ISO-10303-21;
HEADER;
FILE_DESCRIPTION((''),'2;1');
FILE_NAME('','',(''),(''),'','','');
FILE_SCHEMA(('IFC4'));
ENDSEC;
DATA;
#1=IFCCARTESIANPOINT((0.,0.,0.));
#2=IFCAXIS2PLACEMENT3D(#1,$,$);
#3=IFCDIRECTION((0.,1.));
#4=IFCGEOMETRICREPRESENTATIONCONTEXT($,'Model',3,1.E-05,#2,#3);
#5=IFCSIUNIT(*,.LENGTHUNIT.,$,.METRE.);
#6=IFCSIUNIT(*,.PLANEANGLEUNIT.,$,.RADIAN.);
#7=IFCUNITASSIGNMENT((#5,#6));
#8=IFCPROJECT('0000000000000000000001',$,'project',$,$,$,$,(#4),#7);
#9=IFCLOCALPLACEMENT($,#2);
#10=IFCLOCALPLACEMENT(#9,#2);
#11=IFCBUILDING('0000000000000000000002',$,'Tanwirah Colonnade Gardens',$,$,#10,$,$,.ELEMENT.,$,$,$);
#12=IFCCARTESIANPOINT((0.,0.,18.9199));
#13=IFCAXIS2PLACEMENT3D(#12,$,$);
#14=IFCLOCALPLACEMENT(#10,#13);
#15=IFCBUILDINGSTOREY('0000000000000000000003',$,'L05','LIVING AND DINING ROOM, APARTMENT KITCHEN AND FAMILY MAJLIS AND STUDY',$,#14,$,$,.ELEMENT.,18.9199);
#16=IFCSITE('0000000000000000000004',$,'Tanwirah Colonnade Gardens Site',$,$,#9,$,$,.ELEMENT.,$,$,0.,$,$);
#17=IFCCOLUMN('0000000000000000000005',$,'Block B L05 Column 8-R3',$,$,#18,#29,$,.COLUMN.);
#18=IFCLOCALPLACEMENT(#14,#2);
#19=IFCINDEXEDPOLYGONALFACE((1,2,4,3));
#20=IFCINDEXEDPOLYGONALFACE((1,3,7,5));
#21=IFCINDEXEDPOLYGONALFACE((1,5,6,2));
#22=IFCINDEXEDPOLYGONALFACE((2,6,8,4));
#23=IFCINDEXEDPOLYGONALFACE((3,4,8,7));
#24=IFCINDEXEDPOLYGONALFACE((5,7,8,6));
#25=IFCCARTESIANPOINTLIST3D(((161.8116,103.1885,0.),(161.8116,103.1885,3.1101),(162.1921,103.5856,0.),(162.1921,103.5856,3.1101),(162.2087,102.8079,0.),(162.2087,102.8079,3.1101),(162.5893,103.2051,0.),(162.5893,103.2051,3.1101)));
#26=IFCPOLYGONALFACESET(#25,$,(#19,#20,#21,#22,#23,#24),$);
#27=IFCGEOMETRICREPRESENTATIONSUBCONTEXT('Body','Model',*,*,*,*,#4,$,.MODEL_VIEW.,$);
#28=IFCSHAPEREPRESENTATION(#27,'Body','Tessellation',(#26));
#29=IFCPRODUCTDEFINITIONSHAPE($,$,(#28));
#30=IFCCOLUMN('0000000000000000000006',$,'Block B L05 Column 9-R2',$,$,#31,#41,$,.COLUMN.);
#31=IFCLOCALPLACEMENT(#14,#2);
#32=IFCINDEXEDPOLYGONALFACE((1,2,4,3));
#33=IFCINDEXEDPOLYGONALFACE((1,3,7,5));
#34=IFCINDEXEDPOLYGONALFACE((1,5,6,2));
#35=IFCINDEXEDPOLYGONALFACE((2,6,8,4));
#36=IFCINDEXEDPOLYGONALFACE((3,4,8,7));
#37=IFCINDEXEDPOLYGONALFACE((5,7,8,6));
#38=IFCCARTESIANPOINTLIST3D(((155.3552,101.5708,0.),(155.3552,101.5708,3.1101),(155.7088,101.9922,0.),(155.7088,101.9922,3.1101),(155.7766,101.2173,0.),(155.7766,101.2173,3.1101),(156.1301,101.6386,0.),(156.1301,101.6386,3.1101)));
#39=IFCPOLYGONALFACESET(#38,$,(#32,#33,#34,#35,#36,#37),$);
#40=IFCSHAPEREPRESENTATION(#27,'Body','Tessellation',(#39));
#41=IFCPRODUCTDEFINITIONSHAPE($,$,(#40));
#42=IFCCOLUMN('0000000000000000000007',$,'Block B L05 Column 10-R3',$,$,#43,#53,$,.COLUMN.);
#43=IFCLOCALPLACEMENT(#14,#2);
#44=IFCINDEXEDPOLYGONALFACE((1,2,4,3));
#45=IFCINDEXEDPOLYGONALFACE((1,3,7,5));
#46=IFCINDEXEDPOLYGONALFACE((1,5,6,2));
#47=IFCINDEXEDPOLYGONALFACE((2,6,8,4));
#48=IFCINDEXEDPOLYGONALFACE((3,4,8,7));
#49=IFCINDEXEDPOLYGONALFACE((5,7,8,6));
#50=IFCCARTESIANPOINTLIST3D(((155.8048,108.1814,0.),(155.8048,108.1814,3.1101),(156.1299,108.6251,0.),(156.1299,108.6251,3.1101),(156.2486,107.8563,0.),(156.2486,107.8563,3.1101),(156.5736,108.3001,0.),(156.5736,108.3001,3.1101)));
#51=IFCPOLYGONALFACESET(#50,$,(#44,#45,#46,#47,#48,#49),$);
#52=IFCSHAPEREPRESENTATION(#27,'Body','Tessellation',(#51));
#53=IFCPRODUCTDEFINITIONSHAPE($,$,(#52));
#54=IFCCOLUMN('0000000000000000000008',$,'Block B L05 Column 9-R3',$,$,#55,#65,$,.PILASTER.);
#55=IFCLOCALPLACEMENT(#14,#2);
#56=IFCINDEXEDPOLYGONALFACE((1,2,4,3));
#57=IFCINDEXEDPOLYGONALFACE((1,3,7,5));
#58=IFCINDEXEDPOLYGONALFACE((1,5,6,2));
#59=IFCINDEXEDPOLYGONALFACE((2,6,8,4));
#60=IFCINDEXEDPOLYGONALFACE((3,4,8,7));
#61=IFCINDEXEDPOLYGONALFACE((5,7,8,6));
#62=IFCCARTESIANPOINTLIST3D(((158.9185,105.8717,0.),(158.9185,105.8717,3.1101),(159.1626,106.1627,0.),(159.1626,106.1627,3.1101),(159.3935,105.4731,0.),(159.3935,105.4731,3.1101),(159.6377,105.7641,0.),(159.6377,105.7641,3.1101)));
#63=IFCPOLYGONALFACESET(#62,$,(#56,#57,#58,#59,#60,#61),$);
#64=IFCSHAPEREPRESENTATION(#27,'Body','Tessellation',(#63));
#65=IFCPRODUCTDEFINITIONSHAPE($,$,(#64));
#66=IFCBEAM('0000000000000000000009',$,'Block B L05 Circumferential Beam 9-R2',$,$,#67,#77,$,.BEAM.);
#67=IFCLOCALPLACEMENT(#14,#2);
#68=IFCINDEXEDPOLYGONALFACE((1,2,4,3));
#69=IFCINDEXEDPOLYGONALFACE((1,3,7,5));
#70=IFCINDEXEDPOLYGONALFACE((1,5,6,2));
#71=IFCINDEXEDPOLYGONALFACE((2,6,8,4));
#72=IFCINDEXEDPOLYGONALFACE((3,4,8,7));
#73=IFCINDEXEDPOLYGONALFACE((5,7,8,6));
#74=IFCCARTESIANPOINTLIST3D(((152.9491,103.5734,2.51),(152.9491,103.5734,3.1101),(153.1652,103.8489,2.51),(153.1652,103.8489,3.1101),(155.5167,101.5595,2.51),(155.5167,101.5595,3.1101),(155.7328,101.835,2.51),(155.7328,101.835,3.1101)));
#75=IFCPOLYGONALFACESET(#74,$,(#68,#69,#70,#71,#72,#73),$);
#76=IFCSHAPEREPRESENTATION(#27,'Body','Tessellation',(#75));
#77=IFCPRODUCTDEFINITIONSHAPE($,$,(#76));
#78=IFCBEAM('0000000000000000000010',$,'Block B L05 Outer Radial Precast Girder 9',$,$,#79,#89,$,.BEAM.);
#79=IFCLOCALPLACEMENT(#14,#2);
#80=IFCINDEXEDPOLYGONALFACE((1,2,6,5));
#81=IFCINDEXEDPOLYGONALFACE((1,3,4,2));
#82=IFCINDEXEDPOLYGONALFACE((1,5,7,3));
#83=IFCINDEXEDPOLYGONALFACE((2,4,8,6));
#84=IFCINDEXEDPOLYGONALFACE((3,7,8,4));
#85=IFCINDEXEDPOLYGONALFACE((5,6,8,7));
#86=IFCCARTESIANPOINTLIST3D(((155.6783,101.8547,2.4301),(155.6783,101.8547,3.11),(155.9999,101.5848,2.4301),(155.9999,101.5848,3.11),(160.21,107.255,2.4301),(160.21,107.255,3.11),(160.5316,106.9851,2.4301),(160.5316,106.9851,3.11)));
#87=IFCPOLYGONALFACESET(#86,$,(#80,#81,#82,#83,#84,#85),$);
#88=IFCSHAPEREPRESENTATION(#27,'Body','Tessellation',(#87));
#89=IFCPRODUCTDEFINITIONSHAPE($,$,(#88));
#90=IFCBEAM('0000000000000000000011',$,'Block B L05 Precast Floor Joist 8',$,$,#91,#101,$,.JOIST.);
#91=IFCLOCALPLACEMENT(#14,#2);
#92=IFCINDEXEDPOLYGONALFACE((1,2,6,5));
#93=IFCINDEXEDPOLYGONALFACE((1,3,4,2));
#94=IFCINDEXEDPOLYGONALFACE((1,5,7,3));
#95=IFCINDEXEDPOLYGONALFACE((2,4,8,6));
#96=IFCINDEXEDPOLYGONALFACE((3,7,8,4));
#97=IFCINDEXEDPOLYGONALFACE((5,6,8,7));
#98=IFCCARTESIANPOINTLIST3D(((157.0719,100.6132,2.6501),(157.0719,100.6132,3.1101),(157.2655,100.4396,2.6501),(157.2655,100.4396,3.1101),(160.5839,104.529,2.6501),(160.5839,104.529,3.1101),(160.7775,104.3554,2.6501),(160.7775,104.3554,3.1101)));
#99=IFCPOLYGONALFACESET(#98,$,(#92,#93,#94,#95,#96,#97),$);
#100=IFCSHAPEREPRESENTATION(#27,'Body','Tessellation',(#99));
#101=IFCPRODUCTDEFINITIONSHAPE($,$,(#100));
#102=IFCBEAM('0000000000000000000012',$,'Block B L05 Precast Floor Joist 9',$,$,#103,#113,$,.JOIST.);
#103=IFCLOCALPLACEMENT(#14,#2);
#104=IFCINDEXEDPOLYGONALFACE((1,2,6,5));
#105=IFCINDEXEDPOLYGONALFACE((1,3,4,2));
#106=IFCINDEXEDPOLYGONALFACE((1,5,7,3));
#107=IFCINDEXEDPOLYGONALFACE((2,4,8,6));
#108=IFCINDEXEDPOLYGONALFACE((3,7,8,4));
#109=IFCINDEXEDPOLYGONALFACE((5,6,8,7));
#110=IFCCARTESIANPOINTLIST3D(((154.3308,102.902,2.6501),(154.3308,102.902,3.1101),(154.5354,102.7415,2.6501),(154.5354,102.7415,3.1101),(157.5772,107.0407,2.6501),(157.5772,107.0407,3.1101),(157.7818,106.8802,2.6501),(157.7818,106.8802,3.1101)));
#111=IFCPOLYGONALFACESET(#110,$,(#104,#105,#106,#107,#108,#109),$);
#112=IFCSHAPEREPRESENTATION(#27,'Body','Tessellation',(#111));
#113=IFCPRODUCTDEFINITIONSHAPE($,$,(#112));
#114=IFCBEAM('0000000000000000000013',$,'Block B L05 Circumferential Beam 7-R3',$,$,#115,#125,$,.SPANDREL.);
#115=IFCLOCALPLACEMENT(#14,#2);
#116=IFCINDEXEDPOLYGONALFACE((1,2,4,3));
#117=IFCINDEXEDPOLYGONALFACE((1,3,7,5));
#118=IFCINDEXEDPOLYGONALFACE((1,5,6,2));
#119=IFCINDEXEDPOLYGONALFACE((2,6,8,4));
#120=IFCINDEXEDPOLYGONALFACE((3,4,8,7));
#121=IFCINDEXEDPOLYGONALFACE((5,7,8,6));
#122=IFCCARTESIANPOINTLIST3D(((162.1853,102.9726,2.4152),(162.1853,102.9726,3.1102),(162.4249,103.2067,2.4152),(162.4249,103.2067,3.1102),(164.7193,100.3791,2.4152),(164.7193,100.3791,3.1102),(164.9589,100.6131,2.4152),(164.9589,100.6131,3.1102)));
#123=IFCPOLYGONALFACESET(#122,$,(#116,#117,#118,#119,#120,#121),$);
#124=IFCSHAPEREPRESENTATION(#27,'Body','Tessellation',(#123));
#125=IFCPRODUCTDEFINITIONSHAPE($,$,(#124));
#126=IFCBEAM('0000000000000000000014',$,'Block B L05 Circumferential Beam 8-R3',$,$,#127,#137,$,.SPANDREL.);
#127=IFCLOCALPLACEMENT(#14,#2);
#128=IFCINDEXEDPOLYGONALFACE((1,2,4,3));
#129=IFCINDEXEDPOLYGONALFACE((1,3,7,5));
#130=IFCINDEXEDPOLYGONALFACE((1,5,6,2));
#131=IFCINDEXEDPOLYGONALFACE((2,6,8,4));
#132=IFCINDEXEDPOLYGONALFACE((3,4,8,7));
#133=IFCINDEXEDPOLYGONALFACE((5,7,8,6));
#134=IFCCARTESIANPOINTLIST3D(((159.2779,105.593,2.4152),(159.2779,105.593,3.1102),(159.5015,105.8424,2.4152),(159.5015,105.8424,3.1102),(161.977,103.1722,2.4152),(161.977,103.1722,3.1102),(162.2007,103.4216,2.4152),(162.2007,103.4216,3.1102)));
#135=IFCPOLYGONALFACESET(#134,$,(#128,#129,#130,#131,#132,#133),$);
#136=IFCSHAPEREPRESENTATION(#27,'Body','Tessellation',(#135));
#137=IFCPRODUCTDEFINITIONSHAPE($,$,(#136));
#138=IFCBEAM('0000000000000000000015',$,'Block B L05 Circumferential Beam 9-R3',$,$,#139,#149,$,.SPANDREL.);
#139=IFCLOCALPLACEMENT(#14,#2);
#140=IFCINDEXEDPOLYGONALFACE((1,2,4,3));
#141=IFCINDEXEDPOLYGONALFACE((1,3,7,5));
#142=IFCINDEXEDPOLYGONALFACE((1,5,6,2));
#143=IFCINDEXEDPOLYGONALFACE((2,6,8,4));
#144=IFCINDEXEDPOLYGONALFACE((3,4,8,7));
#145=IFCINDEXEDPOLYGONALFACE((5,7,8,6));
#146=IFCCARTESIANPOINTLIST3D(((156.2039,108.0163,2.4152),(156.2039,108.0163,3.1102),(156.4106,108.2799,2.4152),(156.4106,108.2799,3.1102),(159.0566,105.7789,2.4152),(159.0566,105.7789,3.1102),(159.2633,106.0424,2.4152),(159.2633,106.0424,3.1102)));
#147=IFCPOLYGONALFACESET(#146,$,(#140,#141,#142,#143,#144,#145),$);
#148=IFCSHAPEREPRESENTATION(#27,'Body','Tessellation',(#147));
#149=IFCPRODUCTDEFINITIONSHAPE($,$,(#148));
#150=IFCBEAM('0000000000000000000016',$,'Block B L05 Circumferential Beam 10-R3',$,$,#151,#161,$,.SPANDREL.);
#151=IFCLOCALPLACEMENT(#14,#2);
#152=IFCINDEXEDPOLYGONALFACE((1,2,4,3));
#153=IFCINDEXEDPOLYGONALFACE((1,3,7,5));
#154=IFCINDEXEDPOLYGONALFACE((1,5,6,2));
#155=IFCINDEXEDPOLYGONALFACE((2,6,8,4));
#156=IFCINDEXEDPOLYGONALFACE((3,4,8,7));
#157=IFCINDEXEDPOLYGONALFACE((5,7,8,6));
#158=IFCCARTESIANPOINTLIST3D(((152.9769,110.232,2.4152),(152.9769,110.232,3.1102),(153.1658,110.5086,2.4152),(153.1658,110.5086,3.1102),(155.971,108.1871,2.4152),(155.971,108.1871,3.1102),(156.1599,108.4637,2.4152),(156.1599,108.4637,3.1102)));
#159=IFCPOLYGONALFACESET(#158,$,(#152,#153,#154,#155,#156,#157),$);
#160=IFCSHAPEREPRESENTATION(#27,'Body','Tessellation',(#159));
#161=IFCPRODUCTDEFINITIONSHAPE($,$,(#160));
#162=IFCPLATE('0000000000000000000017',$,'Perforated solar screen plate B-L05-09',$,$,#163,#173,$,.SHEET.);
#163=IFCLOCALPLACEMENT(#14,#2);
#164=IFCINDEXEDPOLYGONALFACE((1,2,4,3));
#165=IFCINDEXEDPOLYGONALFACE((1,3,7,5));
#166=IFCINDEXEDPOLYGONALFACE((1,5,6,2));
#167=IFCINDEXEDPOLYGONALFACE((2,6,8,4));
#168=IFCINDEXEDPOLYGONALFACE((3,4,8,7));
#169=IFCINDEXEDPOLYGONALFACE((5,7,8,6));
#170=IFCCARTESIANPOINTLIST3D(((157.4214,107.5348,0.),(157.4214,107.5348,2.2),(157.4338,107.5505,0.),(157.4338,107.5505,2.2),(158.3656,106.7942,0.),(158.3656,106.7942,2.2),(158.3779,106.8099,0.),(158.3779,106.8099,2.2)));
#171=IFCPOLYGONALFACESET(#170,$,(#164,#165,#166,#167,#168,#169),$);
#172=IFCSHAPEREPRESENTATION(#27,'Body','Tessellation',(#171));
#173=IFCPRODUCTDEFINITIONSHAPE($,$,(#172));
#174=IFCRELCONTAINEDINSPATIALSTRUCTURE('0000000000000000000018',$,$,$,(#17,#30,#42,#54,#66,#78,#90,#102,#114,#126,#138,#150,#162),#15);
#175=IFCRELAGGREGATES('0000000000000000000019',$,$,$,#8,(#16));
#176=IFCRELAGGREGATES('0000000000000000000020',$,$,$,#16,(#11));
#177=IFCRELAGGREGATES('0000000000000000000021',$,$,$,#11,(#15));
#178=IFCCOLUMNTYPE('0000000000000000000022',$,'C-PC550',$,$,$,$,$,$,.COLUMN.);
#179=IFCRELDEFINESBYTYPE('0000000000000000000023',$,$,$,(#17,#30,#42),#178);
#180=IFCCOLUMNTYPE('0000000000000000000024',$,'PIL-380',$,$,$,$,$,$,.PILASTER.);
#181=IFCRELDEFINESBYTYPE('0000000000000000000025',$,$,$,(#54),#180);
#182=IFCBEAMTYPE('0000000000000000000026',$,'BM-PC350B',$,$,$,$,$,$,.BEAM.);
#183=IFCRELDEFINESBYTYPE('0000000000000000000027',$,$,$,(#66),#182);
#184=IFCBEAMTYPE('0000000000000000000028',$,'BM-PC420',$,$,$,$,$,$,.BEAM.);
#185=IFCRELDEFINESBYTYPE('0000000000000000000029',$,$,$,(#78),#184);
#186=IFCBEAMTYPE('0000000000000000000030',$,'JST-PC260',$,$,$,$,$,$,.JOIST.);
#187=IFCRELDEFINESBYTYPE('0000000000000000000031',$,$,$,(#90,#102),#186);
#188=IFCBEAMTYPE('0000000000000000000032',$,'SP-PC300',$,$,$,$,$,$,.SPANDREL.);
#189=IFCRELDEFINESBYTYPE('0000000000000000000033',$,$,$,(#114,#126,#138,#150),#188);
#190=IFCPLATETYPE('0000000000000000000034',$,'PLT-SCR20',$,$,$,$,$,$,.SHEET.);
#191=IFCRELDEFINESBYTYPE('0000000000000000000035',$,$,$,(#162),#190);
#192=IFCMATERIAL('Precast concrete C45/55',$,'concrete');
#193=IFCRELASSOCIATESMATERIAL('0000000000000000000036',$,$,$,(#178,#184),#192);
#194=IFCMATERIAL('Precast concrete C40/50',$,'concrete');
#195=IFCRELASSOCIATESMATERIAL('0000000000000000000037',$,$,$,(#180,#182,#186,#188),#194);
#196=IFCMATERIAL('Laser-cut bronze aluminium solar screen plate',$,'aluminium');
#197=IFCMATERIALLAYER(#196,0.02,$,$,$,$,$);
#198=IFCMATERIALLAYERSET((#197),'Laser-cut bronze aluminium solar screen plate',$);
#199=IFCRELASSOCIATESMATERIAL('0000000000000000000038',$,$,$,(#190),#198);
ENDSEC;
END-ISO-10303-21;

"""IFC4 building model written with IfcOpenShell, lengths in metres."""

from ifc_helpers import new_model, si_unit, direction, frame, origin, origin_2d, place, context, subcontext, project, spatial, rectangle, extrude, material, layer, layer_set, material_profile, profile_set, type_object, element, save


model = new_model("IFC4")

# Units and contexts
model_context = context("Model", 3, precision=1e-05, world=origin(), true_north=direction((0.0, 1.0)))
body_context = subcontext(model_context, "Body", "Model", "MODEL_VIEW")
ifc_project = project(units=[si_unit("LENGTHUNIT", "METRE"), si_unit("PLANEANGLEUNIT", "RADIAN")], contexts=[model_context])

# Site, building, storey
site_placement = place(None, origin())
site = spatial("IfcSite", under=ifc_project, at=site_placement, Name="Tanwirah Colonnade Gardens Site", CompositionType="ELEMENT", RefElevation=0.0)
building_placement = place(site_placement, origin())
building = spatial("IfcBuilding", under=site, at=building_placement, Name="Tanwirah Colonnade Gardens", CompositionType="ELEMENT")
storey_placement = place(building_placement, frame((0.0, 0.0, 18.9199)))
storey = spatial("IfcBuildingStorey", under=building, at=storey_placement, Name="L05", Description="LIVING AND DINING ROOM, APARTMENT KITCHEN AND FAMILY MAJLIS AND STUDY", CompositionType="ELEMENT", Elevation=18.9199)

# Columns
ifc_material_1 = material(Name="Precast concrete C45/55", Category="concrete")
ifc_material_profile_1 = material_profile(ifc_material_1, rectangle(XDim=0.55, YDim=0.55, at=origin_2d()), Name="PC-COL 550x550")
ifc_profile_set_1 = profile_set([ifc_material_profile_1], Name="Precast concrete C45/55")
column_type_1 = type_object("IfcColumnType", Name="C-PC550", PredefinedType="COLUMN", material=ifc_profile_set_1)
for number, where, z_axis, x_axis, name in (
    (1, (162.2004, 103.1968, 0.0), (0.0, 0.0, 1.0), (0.691863, 0.722029, 0.0), "Block B L05 Column 8-R3"),
    (2, (155.7427, 101.6047, 0.0), (0.0, 0.0, 1.0), (0.642788, 0.766044, 0.0), "Block B L05 Column 9-R2"),
    (3, (156.1892, 108.2407, 0.0), (0.0, 0.0, 1.0), (0.590919, 0.806731, 0.0), "Block B L05 Column 10-R3"),
):
    element("IfcColumn", number, at=place(storey_placement, frame(where, z_axis=z_axis, x_axis=x_axis)), inside=storey, type_object=column_type_1, Name=name, PredefinedType="COLUMN", context=body_context, shape_type="SweptSolid", body=[
        extrude(rectangle(XDim=0.55, YDim=0.55, at=origin_2d()), origin(), (0.0, 0.0, 1.0), 3.1101),
    ])
ifc_material_2 = material(Name="Precast concrete C40/50", Category="concrete")
ifc_material_profile_2 = material_profile(ifc_material_2, rectangle(XDim=0.3799, YDim=0.6201, at=origin_2d()), Name="PC-PIL 380x620")
ifc_profile_set_2 = profile_set([ifc_material_profile_2], Name="Precast concrete C40/50")
column_type_2 = type_object("IfcColumnType", Name="PIL-380", PredefinedType="PILASTER", material=ifc_profile_set_2)
column_placement = place(storey_placement, frame((159.2781, 105.8179, 0.0), z_axis=(0.0, 0.0, 1.0), x_axis=(0.642788, 0.766044, 0.0)))
element("IfcColumn", 4, at=column_placement, inside=storey, type_object=column_type_2, Name="Block B L05 Column 9-R3", PredefinedType="PILASTER", context=body_context, shape_type="SweptSolid", body=[
    extrude(rectangle(XDim=0.3799, YDim=0.6201, at=origin_2d()), origin(), (0.0, 0.0, 1.0), 3.1101),
])

# Beams
ifc_material_profile_3 = material_profile(ifc_material_2, rectangle(XDim=0.3501, YDim=0.6001, at=origin_2d()), Name="PC-BM 350x600")
ifc_profile_set_3 = profile_set([ifc_material_profile_3], Name="Precast concrete C40/50")
beam_type_1 = type_object("IfcBeamType", Name="BM-PC350B", PredefinedType="BEAM", material=ifc_profile_set_3)
beam_1_placement = place(storey_placement, frame((155.6248, 101.6973, 2.8101), z_axis=(-0.78684, 0.617157, 0.0), x_axis=(-0.617157, -0.78684, 0.0)))
element("IfcBeam", 5, at=beam_1_placement, inside=storey, type_object=beam_type_1, Name="Block B L05 Circumferential Beam 9-R2", PredefinedType="BEAM", context=body_context, shape_type="SweptSolid", body=[
    extrude(rectangle(XDim=0.3501, YDim=0.6001, at=origin_2d()), origin(), (0.0, 0.0, 1.0), 3.2632),
])
ifc_material_profile_4 = material_profile(ifc_material_1, rectangle(XDim=0.4199, YDim=0.6799, at=origin_2d()), Name="PC-BM 420x680")
ifc_profile_set_4 = profile_set([ifc_material_profile_4], Name="Precast concrete C45/55")
beam_type_2 = type_object("IfcBeamType", Name="BM-PC420", PredefinedType="BEAM", material=ifc_profile_set_4)
beam_2_placement = place(storey_placement, frame((155.8391, 101.7197, 2.77), z_axis=(0.64281, 0.766025, 0.0), x_axis=(-0.766025, 0.64281, 0.0)))
element("IfcBeam", 6, at=beam_2_placement, inside=storey, type_object=beam_type_2, Name="Block B L05 Outer Radial Precast Girder 9", PredefinedType="BEAM", context=body_context, shape_type="SweptSolid", body=[
    extrude(rectangle(XDim=0.4199, YDim=0.6799, at=origin_2d()), origin(), (0.0, 0.0, 1.0), 7.0498),
])
ifc_material_profile_5 = material_profile(ifc_material_2, rectangle(XDim=0.26, YDim=0.46, at=origin_2d()), Name="PC-JST 260x460")
ifc_profile_set_5 = profile_set([ifc_material_profile_5], Name="Precast concrete C40/50")
beam_type_3 = type_object("IfcBeamType", Name="JST-PC260", PredefinedType="JOIST", material=ifc_profile_set_5)
for number, where, z_axis, x_axis, name in (
    (7, (157.1687, 100.5264, 2.8801), (0.667679, 0.744449, 0.0), (-0.744449, 0.667679, 0.0), "Block B L05 Precast Floor Joist 8"),
    (8, (154.4331, 102.8218, 2.8801), (0.617178, 0.786824, 0.0), (-0.786824, 0.617178, 0.0), "Block B L05 Precast Floor Joist 9"),
):
    element("IfcBeam", number, at=place(storey_placement, frame(where, z_axis=z_axis, x_axis=x_axis)), inside=storey, type_object=beam_type_3, Name=name, PredefinedType="JOIST", context=body_context, shape_type="SweptSolid", body=[
        extrude(rectangle(XDim=0.26, YDim=0.46, at=origin_2d()), origin(), (0.0, 0.0, 1.0), 5.26),
    ])
ifc_material_profile_6 = material_profile(ifc_material_2, rectangle(XDim=0.335, YDim=0.6951, at=origin_2d()), Name="PC-SP 335x695")
ifc_profile_set_6 = profile_set([ifc_material_profile_6], Name="Precast concrete C40/50")
beam_type_4 = type_object("IfcBeamType", Name="SP-PC300", PredefinedType="SPANDREL", material=ifc_profile_set_6)
beam_3_placement = place(storey_placement, frame((164.8391, 100.4961, 2.7627), z_axis=(-0.698844, 0.715274, 0.0), x_axis=(-0.715274, -0.698844, 0.0)))
element("IfcBeam", 9, at=beam_3_placement, inside=storey, type_object=beam_type_4, Name="Block B L05 Circumferential Beam 7-R3", PredefinedType="SPANDREL", context=body_context, shape_type="SweptSolid", body=[
    extrude(rectangle(XDim=0.335, YDim=0.6951, at=origin_2d()), origin(), (0.0, 0.0, 1.0), 3.626),
])
beam_4_placement = place(storey_placement, frame((162.0889, 103.2969, 2.7627), z_axis=(-0.744445, 0.667684, 0.0), x_axis=(-0.667684, -0.744445, 0.0)))
element("IfcBeam", 10, at=beam_4_placement, inside=storey, type_object=beam_type_4, Name="Block B L05 Circumferential Beam 8-R3", PredefinedType="SPANDREL", context=body_context, shape_type="SweptSolid", body=[
    extrude(rectangle(XDim=0.335, YDim=0.6951, at=origin_2d()), origin(), (0.0, 0.0, 1.0), 3.6257),
])
beam_5_placement = place(storey_placement, frame((159.1599, 105.9106, 2.7627), z_axis=(-0.786844, 0.617152, 0.0), x_axis=(-0.617152, -0.786844, 0.0)))
element("IfcBeam", 11, at=beam_5_placement, inside=storey, type_object=beam_type_4, Name="Block B L05 Circumferential Beam 9-R3", PredefinedType="SPANDREL", context=body_context, shape_type="SweptSolid", body=[
    extrude(rectangle(XDim=0.335, YDim=0.6951, at=origin_2d()), origin(), (0.0, 0.0, 1.0), 3.6255),
])
beam_6_placement = place(storey_placement, frame((156.0654, 108.3254, 2.7627), z_axis=(-0.825783, 0.563989, 0.0), x_axis=(-0.563989, -0.825783, 0.0)))
element("IfcBeam", 12, at=beam_6_placement, inside=storey, type_object=beam_type_4, Name="Block B L05 Circumferential Beam 10-R3", PredefinedType="SPANDREL", context=body_context, shape_type="SweptSolid", body=[
    extrude(rectangle(XDim=0.335, YDim=0.6951, at=origin_2d()), origin(), (0.0, 0.0, 1.0), 3.6257),
])

# Plate
ifc_material_3 = material(Name="Laser-cut bronze aluminium solar screen plate", Category="aluminium")
ifc_layer_1 = layer(ifc_material_3, 0.02)
ifc_layer_set_1 = layer_set([ifc_layer_1], Name="Laser-cut bronze aluminium solar screen plate")
plate_type = type_object("IfcPlateType", Name="PLT-SCR20", PredefinedType="SHEET", material=ifc_layer_set_1)
plate_placement = place(storey_placement, frame((157.8997, 107.1724, 0.0), z_axis=(0.0, 0.0, 1.0), x_axis=(-0.786816, 0.617188, 0.0)))
element("IfcPlate", 13, at=plate_placement, inside=storey, type_object=plate_type, Name="Perforated solar screen plate B-L05-09", PredefinedType="SHEET", context=body_context, shape_type="SweptSolid", body=[
    extrude(rectangle(XDim=1.2, YDim=0.02, at=origin_2d()), origin(), (0.0, 0.0, 1.0), 2.2),
])

save(model, "model.ifc")
